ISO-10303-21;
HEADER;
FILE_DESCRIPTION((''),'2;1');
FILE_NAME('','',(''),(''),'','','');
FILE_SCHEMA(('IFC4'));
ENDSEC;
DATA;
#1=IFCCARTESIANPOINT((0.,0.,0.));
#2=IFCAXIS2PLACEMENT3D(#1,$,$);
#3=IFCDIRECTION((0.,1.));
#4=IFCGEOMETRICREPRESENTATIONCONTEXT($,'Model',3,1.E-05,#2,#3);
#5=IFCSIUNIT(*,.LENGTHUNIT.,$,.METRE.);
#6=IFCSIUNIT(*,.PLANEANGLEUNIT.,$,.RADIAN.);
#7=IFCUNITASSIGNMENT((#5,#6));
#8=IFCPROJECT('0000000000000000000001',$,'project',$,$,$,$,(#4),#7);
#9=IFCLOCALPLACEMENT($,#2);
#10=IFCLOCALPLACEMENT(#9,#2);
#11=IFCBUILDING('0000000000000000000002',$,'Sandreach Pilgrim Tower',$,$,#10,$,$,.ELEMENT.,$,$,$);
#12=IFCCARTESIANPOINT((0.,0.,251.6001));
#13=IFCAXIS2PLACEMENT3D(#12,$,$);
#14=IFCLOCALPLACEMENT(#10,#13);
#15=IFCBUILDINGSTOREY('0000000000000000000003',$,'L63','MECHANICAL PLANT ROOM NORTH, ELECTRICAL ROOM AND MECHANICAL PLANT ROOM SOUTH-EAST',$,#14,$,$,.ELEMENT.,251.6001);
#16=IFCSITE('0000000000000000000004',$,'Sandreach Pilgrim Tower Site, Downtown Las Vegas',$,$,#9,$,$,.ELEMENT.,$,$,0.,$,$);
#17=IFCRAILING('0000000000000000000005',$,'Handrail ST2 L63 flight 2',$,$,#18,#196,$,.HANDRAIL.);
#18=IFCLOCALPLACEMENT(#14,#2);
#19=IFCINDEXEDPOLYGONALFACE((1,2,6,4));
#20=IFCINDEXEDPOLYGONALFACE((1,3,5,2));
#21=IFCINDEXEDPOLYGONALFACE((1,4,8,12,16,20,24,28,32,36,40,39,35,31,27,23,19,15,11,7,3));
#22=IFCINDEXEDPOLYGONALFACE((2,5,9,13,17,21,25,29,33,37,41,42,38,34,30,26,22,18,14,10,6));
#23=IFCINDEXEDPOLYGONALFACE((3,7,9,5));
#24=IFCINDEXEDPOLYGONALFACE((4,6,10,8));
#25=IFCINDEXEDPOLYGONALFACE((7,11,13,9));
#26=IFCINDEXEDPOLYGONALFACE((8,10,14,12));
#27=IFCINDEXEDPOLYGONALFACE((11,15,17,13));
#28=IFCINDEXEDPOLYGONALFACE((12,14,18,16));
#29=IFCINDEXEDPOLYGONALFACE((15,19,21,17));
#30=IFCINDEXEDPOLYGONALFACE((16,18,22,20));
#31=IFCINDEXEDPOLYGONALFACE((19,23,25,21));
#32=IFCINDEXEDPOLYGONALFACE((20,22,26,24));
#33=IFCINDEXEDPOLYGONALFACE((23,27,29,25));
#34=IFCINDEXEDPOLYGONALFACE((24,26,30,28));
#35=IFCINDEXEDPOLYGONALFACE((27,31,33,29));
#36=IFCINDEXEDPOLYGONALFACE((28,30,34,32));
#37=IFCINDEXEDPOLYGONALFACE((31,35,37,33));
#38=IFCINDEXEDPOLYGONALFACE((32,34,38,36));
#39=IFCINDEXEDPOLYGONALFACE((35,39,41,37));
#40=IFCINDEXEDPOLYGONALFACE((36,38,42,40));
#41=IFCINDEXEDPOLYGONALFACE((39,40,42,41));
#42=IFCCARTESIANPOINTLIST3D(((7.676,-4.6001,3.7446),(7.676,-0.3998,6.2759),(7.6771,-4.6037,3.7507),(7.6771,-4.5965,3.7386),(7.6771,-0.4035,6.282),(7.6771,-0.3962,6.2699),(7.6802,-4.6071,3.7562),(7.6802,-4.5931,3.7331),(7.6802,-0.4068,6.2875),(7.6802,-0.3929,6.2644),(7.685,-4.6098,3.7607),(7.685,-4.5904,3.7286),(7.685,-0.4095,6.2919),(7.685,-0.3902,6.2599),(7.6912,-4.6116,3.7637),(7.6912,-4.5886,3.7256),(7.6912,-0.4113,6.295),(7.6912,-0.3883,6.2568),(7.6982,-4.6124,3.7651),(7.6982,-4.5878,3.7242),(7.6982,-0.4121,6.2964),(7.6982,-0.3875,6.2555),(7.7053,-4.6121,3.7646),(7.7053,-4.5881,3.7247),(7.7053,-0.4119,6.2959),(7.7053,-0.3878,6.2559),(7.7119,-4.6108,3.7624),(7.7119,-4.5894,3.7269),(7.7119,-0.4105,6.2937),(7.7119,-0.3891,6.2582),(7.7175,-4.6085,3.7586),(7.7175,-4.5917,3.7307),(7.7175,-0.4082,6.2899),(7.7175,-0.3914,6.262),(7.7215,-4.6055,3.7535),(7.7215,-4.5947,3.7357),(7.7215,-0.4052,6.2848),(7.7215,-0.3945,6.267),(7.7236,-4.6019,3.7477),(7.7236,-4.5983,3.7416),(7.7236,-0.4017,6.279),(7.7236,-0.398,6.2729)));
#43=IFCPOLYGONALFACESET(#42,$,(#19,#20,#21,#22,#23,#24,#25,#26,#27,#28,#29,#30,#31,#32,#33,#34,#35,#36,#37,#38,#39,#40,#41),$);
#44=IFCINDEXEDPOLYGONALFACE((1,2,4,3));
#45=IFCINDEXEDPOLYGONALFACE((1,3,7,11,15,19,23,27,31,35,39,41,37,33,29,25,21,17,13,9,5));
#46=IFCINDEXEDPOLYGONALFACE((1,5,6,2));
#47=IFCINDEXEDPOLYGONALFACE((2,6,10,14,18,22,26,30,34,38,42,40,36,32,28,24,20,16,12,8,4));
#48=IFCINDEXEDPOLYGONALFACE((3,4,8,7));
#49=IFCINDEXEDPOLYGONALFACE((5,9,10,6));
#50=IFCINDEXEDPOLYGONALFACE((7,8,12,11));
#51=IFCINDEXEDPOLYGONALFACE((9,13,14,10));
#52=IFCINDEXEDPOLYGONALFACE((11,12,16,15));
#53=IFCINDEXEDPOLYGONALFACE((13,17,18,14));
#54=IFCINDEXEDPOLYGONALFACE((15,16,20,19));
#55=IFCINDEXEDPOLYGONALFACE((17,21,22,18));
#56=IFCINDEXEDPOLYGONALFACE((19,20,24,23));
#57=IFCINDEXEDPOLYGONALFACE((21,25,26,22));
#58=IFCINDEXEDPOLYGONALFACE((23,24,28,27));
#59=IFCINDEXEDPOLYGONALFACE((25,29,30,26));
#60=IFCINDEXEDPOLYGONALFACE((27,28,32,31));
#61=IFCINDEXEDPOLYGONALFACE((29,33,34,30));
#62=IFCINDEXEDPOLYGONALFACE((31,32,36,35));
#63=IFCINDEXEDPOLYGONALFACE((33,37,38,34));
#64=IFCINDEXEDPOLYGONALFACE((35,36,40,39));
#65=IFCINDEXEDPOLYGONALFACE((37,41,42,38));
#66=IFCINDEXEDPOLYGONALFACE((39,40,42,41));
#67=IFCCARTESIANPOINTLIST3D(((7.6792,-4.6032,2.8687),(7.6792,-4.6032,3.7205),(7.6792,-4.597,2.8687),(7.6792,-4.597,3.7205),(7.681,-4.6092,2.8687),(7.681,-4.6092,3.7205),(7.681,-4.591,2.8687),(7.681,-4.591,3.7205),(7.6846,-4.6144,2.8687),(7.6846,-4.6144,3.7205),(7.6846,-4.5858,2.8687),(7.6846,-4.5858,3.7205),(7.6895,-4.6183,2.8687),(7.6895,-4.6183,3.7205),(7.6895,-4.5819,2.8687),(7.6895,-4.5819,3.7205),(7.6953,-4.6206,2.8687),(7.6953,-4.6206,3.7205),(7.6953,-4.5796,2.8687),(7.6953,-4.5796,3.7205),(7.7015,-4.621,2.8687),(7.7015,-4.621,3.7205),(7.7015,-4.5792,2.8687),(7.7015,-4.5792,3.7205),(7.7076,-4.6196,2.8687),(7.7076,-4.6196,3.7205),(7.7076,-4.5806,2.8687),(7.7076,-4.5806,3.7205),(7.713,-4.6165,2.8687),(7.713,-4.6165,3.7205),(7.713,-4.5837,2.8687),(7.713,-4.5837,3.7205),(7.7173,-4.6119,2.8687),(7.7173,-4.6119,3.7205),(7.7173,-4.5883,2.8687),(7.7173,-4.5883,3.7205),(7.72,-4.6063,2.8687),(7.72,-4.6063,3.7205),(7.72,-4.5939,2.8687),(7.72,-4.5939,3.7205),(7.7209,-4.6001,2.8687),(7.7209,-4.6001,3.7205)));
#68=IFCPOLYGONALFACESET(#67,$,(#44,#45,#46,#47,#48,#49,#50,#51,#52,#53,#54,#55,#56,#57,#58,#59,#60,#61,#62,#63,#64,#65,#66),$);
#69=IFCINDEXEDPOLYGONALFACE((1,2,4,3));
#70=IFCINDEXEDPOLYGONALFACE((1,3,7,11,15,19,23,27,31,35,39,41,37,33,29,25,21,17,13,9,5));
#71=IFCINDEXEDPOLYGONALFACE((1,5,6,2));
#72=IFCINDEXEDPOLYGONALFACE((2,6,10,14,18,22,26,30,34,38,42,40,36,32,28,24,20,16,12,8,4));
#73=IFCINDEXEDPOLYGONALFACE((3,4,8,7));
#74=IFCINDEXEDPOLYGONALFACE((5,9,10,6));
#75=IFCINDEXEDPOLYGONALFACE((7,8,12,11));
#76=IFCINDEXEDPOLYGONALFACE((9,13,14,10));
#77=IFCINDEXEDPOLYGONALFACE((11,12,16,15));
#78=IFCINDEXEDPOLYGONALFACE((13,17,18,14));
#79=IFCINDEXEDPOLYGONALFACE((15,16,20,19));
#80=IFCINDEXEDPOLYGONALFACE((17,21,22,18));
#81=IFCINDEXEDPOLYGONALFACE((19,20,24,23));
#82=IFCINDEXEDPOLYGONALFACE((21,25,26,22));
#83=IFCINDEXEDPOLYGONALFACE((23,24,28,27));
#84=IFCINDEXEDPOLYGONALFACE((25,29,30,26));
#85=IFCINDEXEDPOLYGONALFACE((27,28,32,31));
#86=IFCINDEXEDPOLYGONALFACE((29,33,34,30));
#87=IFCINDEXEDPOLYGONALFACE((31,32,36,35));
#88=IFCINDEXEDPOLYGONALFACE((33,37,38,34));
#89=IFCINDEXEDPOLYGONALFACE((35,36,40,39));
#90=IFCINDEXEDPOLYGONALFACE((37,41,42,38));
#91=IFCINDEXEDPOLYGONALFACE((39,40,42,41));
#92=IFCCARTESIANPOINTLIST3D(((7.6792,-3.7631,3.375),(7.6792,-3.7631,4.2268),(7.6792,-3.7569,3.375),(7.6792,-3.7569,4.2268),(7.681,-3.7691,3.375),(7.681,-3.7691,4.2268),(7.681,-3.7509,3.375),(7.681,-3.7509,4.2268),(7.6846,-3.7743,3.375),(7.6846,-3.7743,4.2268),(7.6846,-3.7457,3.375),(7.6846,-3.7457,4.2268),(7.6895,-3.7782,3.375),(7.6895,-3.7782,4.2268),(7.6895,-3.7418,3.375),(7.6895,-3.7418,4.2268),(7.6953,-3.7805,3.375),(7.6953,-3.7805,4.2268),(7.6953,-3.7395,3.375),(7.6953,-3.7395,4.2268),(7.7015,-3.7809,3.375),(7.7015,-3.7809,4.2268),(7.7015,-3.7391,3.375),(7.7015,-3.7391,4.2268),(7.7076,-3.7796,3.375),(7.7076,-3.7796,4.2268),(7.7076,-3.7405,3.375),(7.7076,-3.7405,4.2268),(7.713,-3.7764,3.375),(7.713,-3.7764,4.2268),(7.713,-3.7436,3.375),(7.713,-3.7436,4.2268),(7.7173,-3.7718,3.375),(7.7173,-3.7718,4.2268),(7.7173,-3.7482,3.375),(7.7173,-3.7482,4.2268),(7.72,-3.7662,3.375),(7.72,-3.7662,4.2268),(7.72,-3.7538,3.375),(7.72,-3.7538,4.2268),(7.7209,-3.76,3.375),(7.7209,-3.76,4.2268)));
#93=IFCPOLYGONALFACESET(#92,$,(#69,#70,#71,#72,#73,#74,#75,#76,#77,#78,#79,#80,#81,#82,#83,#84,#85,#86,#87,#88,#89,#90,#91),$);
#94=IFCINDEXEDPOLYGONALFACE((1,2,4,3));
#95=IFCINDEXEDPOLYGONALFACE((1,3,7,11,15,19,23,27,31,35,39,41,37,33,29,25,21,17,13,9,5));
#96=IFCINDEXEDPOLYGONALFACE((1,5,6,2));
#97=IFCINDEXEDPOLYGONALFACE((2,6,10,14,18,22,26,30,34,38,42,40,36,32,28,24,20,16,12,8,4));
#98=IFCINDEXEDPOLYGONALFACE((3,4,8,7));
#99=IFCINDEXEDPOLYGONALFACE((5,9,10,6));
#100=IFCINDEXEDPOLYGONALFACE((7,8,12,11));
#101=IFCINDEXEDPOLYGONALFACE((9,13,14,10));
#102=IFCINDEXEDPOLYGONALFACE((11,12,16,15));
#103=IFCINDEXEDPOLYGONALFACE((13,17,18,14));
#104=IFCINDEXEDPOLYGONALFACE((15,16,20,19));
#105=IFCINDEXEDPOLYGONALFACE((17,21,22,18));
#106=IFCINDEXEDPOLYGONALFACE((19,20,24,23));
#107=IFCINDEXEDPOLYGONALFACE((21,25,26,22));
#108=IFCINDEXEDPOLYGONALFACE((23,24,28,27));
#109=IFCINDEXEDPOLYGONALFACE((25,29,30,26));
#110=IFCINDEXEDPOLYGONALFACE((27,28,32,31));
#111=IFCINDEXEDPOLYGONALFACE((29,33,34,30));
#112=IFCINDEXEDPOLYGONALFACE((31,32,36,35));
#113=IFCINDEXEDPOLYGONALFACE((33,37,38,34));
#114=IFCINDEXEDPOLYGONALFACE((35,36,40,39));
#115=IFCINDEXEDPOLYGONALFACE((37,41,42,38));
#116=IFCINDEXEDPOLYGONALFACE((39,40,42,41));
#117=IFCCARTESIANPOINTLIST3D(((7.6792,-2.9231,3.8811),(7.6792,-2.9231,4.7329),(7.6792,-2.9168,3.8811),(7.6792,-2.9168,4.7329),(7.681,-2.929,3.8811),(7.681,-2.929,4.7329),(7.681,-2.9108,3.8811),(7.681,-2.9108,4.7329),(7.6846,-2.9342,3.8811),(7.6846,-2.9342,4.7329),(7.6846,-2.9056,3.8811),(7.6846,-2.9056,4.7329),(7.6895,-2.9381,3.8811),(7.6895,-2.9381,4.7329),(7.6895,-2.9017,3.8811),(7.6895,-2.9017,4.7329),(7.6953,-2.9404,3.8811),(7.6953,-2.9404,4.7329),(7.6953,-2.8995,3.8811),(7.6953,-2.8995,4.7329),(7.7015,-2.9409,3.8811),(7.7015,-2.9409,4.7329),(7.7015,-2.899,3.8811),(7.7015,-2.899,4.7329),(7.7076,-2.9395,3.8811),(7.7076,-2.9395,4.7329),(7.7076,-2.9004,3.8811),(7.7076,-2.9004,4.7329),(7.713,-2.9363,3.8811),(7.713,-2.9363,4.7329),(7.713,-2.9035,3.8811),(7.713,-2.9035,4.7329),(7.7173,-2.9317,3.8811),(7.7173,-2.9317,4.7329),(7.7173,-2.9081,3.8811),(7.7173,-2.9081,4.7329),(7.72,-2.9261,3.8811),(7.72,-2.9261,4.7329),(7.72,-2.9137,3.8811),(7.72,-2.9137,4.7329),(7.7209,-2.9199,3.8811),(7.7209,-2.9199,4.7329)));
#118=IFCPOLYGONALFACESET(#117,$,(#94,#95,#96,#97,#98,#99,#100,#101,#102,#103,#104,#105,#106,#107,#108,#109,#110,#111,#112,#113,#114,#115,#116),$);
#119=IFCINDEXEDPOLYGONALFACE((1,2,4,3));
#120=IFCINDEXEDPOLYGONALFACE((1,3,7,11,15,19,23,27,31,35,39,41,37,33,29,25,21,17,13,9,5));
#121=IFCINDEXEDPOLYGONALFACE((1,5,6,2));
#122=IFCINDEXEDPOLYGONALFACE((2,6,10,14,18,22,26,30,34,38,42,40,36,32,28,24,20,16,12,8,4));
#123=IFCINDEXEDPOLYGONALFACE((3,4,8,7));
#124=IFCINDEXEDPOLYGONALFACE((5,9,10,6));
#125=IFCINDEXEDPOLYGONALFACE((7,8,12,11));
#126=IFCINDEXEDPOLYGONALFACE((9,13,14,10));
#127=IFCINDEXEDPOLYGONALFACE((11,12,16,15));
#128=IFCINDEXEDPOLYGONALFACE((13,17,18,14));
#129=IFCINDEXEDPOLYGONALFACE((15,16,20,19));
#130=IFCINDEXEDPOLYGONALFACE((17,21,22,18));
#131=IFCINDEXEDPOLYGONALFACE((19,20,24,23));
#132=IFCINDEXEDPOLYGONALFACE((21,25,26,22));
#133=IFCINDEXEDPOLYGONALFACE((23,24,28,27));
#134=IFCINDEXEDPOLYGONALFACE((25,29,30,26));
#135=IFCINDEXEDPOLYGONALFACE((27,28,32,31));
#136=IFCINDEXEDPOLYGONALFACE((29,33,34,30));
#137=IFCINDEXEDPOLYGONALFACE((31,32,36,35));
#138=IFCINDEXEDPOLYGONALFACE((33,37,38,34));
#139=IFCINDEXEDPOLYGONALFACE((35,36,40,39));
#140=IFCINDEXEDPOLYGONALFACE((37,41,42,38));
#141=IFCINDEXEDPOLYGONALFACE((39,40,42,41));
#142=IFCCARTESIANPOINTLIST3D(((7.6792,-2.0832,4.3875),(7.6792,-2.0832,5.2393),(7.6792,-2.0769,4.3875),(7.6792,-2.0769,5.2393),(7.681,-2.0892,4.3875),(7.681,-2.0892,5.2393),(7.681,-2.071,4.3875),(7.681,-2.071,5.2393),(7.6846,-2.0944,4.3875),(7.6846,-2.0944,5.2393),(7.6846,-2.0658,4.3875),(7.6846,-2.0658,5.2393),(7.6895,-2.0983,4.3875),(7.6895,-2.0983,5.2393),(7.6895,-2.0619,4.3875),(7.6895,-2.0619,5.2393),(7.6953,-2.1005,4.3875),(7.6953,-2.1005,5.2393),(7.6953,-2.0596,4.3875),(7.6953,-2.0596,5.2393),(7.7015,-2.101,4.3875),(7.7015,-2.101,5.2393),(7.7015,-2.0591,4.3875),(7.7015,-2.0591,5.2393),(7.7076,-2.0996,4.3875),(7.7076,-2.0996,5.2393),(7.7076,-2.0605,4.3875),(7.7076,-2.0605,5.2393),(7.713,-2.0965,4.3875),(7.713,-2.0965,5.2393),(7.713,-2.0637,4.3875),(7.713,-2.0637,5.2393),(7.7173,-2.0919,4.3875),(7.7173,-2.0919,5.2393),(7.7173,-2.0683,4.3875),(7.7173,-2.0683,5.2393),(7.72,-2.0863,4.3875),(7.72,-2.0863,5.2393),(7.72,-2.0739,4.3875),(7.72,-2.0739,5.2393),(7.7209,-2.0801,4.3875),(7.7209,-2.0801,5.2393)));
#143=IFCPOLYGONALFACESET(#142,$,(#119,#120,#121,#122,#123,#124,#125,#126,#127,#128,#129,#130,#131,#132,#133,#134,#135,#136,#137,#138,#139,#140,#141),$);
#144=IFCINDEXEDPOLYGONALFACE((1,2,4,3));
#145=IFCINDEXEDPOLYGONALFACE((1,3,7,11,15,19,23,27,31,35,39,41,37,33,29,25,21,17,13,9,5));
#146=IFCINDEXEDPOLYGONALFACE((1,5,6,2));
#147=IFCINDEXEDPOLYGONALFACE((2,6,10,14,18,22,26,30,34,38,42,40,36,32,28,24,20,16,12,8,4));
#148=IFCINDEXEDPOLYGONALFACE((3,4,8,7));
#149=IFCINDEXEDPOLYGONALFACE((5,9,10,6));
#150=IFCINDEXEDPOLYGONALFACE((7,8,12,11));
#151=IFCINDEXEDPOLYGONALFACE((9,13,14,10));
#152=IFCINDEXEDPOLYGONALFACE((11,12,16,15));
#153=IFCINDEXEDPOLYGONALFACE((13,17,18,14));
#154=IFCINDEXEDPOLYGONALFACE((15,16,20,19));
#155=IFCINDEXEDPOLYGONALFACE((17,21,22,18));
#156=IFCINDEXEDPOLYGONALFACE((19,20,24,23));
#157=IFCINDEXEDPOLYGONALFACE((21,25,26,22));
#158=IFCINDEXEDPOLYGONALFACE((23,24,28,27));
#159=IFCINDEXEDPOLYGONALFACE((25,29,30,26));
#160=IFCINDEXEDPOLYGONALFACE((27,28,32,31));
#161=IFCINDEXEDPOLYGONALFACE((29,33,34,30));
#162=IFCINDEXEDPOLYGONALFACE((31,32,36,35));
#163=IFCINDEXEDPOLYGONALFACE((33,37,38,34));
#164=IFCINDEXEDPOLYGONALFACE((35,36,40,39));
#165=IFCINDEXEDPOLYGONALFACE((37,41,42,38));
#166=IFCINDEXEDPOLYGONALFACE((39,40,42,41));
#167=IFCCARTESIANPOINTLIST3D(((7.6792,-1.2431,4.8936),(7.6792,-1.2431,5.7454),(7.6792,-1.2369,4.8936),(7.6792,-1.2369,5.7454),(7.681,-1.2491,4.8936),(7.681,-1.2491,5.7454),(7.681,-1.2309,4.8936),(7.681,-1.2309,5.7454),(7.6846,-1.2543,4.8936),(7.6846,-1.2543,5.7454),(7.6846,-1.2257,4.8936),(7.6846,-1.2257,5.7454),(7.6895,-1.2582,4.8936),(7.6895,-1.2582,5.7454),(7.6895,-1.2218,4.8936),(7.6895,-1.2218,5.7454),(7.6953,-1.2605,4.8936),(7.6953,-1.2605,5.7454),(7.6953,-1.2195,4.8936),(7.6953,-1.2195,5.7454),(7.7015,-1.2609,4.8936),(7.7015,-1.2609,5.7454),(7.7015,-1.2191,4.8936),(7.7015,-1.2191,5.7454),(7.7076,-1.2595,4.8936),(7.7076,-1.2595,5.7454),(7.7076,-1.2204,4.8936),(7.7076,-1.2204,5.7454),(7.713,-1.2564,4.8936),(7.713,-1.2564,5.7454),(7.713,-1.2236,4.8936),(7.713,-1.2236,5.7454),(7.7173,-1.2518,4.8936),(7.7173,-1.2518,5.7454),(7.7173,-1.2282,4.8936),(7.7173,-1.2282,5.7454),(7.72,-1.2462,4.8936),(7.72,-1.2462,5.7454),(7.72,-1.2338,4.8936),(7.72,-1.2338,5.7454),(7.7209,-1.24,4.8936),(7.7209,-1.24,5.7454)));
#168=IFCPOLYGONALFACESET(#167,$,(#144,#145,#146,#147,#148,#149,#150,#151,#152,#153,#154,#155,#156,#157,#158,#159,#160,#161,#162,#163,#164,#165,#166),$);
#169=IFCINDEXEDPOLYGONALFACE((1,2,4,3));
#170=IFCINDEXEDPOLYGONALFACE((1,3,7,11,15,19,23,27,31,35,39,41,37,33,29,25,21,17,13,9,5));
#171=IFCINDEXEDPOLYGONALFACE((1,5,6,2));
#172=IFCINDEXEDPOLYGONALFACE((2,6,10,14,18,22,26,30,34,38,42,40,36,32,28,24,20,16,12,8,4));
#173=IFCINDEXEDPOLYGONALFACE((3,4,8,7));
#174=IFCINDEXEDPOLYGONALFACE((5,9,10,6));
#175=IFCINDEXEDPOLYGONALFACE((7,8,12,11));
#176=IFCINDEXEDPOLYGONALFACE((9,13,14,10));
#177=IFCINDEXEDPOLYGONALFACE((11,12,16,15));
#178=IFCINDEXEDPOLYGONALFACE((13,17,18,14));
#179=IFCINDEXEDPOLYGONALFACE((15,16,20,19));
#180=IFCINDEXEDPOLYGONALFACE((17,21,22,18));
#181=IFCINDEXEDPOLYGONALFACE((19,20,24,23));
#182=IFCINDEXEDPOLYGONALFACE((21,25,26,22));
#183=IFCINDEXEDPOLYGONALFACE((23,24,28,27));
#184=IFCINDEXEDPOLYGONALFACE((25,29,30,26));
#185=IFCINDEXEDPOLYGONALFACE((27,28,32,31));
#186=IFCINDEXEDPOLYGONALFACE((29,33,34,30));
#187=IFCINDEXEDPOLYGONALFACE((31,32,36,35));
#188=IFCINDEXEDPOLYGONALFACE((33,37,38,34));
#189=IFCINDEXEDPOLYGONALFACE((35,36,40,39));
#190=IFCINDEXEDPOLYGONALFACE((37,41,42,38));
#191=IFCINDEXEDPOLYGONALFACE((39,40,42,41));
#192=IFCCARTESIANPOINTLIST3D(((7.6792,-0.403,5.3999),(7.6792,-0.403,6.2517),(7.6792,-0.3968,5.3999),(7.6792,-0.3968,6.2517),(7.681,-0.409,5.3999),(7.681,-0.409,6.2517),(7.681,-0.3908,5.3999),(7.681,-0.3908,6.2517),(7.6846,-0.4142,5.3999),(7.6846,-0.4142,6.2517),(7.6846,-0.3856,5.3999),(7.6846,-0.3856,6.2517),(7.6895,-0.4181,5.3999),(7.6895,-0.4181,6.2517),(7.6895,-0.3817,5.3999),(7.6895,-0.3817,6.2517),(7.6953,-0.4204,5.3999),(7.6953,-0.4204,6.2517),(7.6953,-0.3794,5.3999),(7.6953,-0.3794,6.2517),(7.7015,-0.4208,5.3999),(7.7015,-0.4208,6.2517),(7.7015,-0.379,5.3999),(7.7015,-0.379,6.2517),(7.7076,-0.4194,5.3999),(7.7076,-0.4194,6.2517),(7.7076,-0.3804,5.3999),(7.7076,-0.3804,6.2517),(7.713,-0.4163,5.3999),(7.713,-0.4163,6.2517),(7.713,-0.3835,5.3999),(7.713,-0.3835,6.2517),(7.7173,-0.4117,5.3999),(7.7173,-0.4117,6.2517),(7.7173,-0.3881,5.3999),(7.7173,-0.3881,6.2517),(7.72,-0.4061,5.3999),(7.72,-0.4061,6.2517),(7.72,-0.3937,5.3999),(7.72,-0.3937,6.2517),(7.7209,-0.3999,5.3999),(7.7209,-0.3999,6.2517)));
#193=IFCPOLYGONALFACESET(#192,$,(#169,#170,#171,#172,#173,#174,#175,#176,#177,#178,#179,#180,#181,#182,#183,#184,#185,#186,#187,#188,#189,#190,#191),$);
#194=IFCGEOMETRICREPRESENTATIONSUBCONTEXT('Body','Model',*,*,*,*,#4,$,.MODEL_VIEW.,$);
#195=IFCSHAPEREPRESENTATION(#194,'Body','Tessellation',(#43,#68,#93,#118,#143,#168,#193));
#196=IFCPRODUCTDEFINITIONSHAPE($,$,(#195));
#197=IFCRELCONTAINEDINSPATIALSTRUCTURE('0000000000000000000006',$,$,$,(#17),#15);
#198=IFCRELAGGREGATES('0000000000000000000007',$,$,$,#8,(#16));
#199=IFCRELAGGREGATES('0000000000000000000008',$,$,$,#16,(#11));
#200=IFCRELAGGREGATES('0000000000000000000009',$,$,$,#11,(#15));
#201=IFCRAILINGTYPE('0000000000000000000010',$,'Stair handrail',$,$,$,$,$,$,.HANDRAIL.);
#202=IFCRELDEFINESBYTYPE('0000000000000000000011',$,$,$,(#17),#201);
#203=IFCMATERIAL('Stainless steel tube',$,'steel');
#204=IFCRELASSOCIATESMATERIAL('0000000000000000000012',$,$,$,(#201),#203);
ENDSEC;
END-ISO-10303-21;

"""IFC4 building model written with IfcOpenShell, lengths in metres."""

from ifc_helpers import new_model, si_unit, direction, frame, origin, origin_2d, place, context, subcontext, project, spatial, circle, extrude, material, type_object, element, save


model = new_model("IFC4")

# Units and contexts
model_context = context("Model", 3, precision=1e-05, world=origin(), true_north=direction((0.0, 1.0)))
body_context = subcontext(model_context, "Body", "Model", "MODEL_VIEW")
ifc_project = project(units=[si_unit("LENGTHUNIT", "METRE"), si_unit("PLANEANGLEUNIT", "RADIAN")], contexts=[model_context])

# Site, building, storey
site_placement = place(None, origin())
site = spatial("IfcSite", under=ifc_project, at=site_placement, Name="Sandreach Pilgrim Tower Site, Downtown Las Vegas", CompositionType="ELEMENT", RefElevation=0.0)
building_placement = place(site_placement, origin())
building = spatial("IfcBuilding", under=site, at=building_placement, Name="Sandreach Pilgrim Tower", CompositionType="ELEMENT")
storey_placement = place(building_placement, frame((0.0, 0.0, 251.6001)))
storey = spatial("IfcBuildingStorey", under=building, at=storey_placement, Name="L63", Description="MECHANICAL PLANT ROOM NORTH, ELECTRICAL ROOM AND MECHANICAL PLANT ROOM SOUTH-EAST", CompositionType="ELEMENT", Elevation=251.6001)

# Railing
ifc_material_1 = material(Name="Stainless steel tube", Category="steel")
railing_type = type_object("IfcRailingType", Name="Stair handrail", PredefinedType="HANDRAIL", material=ifc_material_1)
for number, where, name in (
    (1, (7.7, -4.6001, 2.8687), "Handrail ST2 L63 flight 2"),
):
    element("IfcRailing", number, at=place(storey_placement, frame(where)), inside=storey, type_object=railing_type, Name=name, PredefinedType="HANDRAIL", context=body_context, shape_type="SweptSolid", body=[
        extrude(circle(Radius=0.0239, at=origin_2d()), frame((0.0, 0.0, 0.876), z_axis=(0.0, 0.85649, 0.516164), x_axis=(-1.0, 0.0, 0.0)), (0.0, 0.0, 1.0), 4.9041),
        extrude(circle(Radius=0.021, at=origin_2d()), origin(), (0.0, 0.0, 1.0), 0.8518),
        extrude(circle(Radius=0.021, at=origin_2d()), frame((0.0, 0.8401, 0.5063)), (0.0, 0.0, 1.0), 0.8518),
        extrude(circle(Radius=0.021, at=origin_2d()), frame((0.0, 1.6802, 1.0125)), (0.0, 0.0, 1.0), 0.8518),
        extrude(circle(Radius=0.021, at=origin_2d()), frame((0.0, 2.52, 1.5188)), (0.0, 0.0, 1.0), 0.8518),
        extrude(circle(Radius=0.021, at=origin_2d()), frame((0.0, 3.3601, 2.0249)), (0.0, 0.0, 1.0), 0.8518),
        extrude(circle(Radius=0.021, at=origin_2d()), frame((0.0, 4.2002, 2.5312)), (0.0, 0.0, 1.0), 0.8518),
    ])

save(model, "model.ifc")
